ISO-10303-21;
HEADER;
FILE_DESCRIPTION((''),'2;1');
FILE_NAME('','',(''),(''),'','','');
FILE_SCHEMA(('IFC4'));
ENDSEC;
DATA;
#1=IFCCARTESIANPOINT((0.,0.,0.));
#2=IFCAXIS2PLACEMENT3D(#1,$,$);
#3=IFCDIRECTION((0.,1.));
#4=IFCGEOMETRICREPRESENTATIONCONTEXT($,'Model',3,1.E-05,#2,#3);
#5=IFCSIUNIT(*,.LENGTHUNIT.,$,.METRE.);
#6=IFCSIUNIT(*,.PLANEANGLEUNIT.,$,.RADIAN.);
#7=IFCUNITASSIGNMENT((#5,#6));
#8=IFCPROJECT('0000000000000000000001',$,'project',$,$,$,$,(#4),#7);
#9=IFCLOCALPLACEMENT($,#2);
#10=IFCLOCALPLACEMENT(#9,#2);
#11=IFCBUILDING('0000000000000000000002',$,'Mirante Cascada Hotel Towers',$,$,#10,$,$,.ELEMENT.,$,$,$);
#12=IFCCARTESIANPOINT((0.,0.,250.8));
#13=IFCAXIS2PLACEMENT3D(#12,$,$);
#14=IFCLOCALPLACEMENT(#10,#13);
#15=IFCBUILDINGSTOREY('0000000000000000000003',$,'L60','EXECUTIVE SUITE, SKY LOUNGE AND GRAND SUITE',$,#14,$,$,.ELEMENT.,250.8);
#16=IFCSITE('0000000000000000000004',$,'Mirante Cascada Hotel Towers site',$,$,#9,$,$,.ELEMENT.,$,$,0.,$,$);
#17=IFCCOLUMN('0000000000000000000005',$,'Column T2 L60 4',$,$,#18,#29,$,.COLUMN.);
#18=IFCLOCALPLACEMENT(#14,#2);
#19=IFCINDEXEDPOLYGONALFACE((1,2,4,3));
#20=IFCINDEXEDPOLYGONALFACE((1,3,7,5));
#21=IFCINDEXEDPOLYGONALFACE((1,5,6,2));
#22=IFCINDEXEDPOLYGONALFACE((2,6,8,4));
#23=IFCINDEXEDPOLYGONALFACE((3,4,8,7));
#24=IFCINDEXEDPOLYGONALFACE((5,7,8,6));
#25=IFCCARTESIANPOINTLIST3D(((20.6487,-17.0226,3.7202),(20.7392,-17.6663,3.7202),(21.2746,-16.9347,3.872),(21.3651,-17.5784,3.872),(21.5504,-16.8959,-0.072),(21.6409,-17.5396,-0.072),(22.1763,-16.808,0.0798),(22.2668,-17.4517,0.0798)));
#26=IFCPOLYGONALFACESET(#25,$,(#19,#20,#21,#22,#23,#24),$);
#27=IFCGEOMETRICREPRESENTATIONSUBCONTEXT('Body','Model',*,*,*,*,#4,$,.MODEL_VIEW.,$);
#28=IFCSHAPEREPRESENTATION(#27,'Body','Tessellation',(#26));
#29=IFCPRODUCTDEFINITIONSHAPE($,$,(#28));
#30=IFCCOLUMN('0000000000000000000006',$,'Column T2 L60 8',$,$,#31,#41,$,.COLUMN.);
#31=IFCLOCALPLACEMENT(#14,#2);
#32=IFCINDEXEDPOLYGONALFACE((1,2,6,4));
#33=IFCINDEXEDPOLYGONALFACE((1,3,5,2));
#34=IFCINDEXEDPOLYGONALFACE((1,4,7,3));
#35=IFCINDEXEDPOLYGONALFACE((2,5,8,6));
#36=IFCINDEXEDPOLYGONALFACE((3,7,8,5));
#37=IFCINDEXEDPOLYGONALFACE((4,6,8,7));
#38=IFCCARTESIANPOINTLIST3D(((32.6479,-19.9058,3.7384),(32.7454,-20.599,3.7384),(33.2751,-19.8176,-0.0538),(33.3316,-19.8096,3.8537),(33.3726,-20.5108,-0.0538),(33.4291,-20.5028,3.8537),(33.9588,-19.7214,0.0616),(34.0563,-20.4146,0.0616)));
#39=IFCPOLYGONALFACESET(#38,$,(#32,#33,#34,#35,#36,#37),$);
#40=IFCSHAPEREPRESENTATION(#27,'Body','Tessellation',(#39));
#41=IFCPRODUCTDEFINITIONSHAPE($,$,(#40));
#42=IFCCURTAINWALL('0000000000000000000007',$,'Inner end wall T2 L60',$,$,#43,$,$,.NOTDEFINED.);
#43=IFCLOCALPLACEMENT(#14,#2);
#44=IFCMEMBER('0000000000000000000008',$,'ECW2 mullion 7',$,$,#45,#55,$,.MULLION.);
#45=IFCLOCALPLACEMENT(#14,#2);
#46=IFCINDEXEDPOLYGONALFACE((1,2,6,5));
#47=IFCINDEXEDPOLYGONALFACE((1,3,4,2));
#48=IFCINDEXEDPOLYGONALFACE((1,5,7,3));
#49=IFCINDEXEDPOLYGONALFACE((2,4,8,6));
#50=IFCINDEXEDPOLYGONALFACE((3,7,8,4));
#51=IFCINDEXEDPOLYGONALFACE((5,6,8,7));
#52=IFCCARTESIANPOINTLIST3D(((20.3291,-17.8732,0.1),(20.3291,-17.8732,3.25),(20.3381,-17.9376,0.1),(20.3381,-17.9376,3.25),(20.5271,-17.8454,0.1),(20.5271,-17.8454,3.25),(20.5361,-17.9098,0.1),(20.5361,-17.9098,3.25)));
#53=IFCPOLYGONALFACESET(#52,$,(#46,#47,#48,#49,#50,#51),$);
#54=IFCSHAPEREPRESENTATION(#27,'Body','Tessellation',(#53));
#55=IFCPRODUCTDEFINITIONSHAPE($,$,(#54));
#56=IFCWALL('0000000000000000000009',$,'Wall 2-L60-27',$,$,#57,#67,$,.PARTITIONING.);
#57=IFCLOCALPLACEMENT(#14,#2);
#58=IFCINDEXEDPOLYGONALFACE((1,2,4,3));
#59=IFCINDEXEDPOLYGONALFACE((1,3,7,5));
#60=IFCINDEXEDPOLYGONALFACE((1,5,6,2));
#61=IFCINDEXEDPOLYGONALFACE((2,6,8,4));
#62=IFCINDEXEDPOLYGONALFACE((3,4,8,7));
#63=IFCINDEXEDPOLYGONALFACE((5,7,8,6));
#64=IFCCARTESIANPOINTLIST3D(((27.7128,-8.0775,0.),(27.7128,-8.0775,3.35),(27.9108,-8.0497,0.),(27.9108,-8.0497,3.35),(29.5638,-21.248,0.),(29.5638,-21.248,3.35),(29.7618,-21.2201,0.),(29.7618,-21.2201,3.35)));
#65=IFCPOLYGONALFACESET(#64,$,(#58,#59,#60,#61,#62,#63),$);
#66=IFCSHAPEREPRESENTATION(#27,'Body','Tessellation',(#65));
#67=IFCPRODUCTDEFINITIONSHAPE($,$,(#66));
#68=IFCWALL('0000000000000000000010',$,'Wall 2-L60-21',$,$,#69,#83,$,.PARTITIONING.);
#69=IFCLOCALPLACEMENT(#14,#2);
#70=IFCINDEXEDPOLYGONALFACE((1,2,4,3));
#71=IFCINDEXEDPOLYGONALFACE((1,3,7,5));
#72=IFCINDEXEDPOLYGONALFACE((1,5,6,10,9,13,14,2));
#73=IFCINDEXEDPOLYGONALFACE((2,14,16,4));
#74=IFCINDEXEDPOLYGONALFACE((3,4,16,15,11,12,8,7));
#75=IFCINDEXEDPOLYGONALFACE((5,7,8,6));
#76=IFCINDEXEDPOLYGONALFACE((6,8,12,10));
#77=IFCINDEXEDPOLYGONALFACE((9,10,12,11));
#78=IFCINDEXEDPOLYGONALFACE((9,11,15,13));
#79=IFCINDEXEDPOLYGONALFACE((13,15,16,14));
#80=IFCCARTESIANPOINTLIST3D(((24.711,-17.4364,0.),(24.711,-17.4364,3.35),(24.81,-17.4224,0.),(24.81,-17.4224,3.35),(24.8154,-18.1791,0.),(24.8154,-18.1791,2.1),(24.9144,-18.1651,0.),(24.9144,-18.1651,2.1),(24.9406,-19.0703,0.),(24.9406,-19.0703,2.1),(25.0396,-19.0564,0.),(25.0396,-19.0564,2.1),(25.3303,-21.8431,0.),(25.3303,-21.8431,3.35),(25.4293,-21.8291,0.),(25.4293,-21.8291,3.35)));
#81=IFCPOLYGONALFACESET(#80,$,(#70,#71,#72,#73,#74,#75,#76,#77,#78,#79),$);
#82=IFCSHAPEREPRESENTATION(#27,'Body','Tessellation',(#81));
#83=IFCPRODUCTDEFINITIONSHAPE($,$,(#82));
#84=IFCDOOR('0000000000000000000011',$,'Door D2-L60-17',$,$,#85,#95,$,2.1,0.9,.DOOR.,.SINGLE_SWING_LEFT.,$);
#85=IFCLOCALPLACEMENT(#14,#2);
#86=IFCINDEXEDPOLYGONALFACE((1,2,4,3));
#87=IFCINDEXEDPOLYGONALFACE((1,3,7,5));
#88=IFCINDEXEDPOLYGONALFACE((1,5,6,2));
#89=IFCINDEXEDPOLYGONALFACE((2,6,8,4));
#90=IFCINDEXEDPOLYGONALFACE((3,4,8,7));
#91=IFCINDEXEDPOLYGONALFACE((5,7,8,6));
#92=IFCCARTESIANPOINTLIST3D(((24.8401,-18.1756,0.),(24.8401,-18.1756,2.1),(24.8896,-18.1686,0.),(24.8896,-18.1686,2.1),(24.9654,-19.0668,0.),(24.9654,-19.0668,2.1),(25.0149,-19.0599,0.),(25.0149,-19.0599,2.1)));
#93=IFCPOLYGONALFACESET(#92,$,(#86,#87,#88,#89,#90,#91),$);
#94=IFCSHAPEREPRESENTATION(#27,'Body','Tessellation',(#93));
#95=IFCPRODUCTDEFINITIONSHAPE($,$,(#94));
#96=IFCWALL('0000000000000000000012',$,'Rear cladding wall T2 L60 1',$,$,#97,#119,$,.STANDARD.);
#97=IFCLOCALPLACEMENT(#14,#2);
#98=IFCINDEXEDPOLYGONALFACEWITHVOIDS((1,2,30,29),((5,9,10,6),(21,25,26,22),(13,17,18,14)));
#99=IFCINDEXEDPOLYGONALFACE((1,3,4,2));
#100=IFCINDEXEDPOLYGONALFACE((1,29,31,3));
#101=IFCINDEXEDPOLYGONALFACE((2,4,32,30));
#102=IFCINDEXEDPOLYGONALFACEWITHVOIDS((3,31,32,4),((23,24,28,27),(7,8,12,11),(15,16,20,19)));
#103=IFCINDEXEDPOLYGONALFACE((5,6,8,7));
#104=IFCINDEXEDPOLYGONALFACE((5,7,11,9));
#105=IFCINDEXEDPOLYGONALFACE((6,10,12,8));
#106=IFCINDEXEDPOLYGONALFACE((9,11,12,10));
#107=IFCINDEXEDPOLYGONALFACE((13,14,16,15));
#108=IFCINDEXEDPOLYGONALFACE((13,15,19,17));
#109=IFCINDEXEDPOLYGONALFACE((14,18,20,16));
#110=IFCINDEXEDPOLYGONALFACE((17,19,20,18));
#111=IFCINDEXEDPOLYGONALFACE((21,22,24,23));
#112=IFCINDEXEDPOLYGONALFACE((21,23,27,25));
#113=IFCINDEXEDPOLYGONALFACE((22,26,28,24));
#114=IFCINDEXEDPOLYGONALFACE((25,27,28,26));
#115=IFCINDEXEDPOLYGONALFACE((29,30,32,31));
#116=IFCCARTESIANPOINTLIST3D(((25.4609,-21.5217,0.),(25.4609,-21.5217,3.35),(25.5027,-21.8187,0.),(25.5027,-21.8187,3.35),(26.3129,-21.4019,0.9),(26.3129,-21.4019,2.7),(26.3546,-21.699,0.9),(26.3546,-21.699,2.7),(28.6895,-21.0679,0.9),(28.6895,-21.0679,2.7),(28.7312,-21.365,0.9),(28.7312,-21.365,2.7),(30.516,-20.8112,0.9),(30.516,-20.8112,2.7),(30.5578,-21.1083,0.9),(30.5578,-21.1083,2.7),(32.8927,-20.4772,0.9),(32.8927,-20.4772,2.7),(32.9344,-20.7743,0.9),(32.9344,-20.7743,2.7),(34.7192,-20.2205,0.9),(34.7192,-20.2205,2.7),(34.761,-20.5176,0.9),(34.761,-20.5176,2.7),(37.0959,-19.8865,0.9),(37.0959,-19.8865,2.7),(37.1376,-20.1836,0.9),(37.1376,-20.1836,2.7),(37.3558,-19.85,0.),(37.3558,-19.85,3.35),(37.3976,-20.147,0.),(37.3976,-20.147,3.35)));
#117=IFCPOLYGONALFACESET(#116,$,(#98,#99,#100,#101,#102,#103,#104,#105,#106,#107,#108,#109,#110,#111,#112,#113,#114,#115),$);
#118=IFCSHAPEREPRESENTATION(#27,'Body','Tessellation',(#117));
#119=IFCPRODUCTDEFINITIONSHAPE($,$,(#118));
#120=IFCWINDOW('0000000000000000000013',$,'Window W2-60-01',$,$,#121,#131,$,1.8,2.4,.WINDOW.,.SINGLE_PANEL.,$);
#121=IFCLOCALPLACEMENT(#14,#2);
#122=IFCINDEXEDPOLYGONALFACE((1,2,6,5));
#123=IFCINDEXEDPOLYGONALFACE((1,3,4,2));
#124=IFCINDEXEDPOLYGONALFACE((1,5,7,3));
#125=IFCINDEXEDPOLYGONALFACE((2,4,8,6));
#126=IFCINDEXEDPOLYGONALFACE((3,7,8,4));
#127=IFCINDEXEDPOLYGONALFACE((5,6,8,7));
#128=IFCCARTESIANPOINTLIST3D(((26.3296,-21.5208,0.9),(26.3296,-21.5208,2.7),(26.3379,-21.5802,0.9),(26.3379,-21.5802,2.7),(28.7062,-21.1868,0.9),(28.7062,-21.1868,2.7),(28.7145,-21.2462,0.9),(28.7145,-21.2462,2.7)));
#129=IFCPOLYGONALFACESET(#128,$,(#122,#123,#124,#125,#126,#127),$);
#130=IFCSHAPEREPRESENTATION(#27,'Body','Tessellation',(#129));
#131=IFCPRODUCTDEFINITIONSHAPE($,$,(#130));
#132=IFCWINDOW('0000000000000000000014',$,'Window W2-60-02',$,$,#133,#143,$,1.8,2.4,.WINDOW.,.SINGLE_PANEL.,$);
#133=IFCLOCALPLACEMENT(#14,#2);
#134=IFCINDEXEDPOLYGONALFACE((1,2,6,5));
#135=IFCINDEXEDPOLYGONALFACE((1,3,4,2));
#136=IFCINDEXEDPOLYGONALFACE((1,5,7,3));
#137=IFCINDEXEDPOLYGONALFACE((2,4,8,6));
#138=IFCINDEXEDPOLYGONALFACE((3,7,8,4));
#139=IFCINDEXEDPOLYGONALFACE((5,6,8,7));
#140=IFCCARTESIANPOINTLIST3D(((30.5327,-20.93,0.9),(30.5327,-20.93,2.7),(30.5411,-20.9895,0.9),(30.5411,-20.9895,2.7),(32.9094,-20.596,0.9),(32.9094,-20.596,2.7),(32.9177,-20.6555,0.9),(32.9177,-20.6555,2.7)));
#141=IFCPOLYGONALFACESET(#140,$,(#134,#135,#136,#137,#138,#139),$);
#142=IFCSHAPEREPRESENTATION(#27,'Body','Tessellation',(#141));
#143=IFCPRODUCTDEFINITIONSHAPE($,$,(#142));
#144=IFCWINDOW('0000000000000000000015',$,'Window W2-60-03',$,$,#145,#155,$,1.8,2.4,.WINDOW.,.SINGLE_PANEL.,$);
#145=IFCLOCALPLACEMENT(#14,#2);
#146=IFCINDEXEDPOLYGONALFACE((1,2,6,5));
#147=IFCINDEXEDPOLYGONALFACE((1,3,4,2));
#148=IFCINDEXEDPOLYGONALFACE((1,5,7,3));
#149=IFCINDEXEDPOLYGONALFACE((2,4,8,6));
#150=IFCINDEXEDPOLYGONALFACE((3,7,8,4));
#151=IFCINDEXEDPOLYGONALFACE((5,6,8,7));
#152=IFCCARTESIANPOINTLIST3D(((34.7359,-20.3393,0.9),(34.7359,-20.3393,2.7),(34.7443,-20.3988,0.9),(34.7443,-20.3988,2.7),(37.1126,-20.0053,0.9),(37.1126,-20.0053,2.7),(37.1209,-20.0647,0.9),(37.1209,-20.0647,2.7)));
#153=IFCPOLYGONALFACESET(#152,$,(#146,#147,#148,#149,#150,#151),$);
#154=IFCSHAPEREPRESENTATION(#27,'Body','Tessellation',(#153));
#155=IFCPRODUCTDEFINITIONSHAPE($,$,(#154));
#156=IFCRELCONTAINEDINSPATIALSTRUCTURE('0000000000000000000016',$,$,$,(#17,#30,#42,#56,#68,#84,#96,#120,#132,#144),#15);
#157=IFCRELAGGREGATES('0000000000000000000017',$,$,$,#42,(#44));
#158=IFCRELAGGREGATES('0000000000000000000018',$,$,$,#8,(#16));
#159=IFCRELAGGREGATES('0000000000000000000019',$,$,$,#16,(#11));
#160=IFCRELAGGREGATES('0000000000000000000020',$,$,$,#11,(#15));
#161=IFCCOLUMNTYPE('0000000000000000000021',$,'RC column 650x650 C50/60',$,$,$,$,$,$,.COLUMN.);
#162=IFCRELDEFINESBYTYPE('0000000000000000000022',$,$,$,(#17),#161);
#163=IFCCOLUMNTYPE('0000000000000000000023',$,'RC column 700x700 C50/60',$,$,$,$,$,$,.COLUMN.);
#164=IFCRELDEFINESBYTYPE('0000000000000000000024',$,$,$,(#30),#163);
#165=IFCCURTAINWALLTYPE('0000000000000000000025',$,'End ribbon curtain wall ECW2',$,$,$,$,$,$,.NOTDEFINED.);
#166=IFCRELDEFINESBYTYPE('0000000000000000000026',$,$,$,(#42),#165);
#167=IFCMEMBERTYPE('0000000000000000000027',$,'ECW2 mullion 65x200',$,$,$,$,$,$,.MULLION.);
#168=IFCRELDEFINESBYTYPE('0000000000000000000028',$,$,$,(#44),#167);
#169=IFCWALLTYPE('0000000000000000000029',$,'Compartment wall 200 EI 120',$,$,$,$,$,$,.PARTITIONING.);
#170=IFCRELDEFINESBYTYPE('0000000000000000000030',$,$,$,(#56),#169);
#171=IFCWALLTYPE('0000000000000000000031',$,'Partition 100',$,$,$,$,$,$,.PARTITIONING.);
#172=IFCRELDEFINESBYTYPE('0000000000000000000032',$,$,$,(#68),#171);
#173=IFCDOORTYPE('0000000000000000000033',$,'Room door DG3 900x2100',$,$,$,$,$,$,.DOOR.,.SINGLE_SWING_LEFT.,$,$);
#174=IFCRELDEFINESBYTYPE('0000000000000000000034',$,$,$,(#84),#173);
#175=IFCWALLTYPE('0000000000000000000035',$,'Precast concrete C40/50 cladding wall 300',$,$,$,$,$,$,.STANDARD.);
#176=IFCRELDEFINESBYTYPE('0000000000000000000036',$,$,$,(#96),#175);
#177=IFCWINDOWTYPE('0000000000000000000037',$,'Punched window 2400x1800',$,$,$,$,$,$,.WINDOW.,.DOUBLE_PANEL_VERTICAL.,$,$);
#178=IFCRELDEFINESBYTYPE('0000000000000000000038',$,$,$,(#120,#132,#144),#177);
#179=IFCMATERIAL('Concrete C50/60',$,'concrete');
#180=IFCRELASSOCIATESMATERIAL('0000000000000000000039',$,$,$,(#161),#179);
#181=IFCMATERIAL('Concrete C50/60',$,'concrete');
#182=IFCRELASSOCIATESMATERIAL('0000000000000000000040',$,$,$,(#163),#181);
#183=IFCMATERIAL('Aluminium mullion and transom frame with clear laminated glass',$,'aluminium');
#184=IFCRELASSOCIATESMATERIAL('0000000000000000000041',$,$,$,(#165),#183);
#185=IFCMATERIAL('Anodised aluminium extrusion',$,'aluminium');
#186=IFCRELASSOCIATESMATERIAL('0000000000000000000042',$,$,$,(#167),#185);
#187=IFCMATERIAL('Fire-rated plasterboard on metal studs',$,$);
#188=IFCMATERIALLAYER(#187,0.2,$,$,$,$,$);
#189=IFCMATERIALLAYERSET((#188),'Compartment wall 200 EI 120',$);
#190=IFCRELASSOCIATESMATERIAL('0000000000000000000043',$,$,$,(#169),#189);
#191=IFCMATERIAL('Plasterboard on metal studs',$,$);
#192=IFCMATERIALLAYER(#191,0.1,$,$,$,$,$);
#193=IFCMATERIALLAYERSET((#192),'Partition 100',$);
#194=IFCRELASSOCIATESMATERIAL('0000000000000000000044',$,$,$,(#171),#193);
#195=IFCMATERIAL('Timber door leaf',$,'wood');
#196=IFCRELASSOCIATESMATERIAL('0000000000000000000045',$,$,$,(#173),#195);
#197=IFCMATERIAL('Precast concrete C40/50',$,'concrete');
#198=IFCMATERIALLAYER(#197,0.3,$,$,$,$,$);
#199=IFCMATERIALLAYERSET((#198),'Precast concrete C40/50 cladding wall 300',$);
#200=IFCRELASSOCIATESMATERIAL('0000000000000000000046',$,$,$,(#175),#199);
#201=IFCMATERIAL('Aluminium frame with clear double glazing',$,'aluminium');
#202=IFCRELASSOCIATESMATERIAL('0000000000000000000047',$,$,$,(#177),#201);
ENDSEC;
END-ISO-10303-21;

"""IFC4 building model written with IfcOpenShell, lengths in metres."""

from ifc_helpers import new_model, si_unit, direction, frame, frame_2d, origin, origin_2d, place, context, subcontext, project, spatial, rectangle, extrude, material, layer, layer_set, material_profile, profile_set, type_object, element, fill, aggregate, save


model = new_model("IFC4")

# Units and contexts
model_context = context("Model", 3, precision=1e-05, world=origin(), true_north=direction((0.0, 1.0)))
body_context = subcontext(model_context, "Body", "Model", "MODEL_VIEW")
ifc_project = project(units=[si_unit("LENGTHUNIT", "METRE"), si_unit("PLANEANGLEUNIT", "RADIAN")], contexts=[model_context])

# Site, building, storey
site_placement = place(None, origin())
site = spatial("IfcSite", under=ifc_project, at=site_placement, Name="Mirante Cascada Hotel Towers site", CompositionType="ELEMENT", RefElevation=0.0)
building_placement = place(site_placement, origin())
building = spatial("IfcBuilding", under=site, at=building_placement, Name="Mirante Cascada Hotel Towers", CompositionType="ELEMENT")
storey_placement = place(building_placement, frame((0.0, 0.0, 250.8)))
storey = spatial("IfcBuildingStorey", under=building, at=storey_placement, Name="L60", Description="EXECUTIVE SUITE, SKY LOUNGE AND GRAND SUITE", CompositionType="ELEMENT", Elevation=250.8)

# Columns
ifc_material_1 = material(Name="Concrete C50/60", Category="concrete")
ifc_material_profile_1 = material_profile(ifc_material_1, rectangle(XDim=0.65, YDim=0.65, at=origin_2d()), Name="RC column 650x650 C50/60")
ifc_profile_set_1 = profile_set([ifc_material_profile_1], Name="Concrete C50/60")
column_type_1 = type_object("IfcColumnType", Name="RC column 650x650 C50/60", PredefinedType="COLUMN", material=ifc_profile_set_1)
column_1_placement = place(storey_placement, frame((21.9086, -17.1738, 0.0039), z_axis=(-0.231206, -0.032487, 0.972362), x_axis=(0.139146, -0.990272, 0.0)))
element("IfcColumn", 1, at=column_1_placement, inside=storey, type_object=column_type_1, Name="Column T2 L60 4", PredefinedType="COLUMN", context=body_context, shape_type="SweptSolid", body=[
    extrude(rectangle(XDim=0.65, YDim=0.65, at=origin_2d()), origin(), (0.0, 0.0, 1.0), 3.9),
])
ifc_material_2 = material(Name="Concrete C50/60", Category="concrete")
ifc_material_profile_2 = material_profile(ifc_material_2, rectangle(XDim=0.7, YDim=0.7, at=origin_2d()), Name="RC column 700x700 C50/60")
ifc_profile_set_2 = profile_set([ifc_material_profile_2], Name="Concrete C50/60")
column_type_2 = type_object("IfcColumnType", Name="RC column 700x700 C50/60", PredefinedType="COLUMN", material=ifc_profile_set_2)
column_2_placement = place(storey_placement, frame((33.6657, -20.1161, 0.0039), z_axis=(-0.163132, -0.02294, 0.986337), x_axis=(0.139255, -0.990257, 0.0)))
element("IfcColumn", 2, at=column_2_placement, inside=storey, type_object=column_type_2, Name="Column T2 L60 8", PredefinedType="COLUMN", context=body_context, shape_type="SweptSolid", body=[
    extrude(rectangle(XDim=0.7, YDim=0.7, at=origin_2d()), origin(), (0.0, 0.0, 1.0), 3.8447),
])

# Curtain wall, member
ifc_material_3 = material(Name="Aluminium mullion and transom frame with clear laminated glass", Category="aluminium")
curtain_wall_type = type_object("IfcCurtainWallType", Name="End ribbon curtain wall ECW2", PredefinedType="NOTDEFINED", material=ifc_material_3)
curtain_wall_placement = place(storey_placement, origin())
curtain_wall = element("IfcCurtainWall", 3, at=curtain_wall_placement, inside=storey, type_object=curtain_wall_type, Name="Inner end wall T2 L60", PredefinedType="NOTDEFINED")
ifc_material_4 = material(Name="Anodised aluminium extrusion", Category="aluminium")
ifc_material_profile_3 = material_profile(ifc_material_4, rectangle(XDim=0.2, YDim=0.065, at=origin_2d()), Name="ECW2 MULLION 65x200")
ifc_profile_set_3 = profile_set([ifc_material_profile_3], Name="Anodised aluminium extrusion")
member_type = type_object("IfcMemberType", Name="ECW2 mullion 65x200", PredefinedType="MULLION", material=ifc_profile_set_3)
member_placement = place(storey_placement, frame((20.4326, -17.8915, 0.1), z_axis=(0.0, 0.0, 1.0), x_axis=(0.990268, 0.139173, 0.0)))
member = element("IfcMember", 4, at=member_placement, type_object=member_type, Name="ECW2 mullion 7", PredefinedType="MULLION", context=body_context, shape_type="SweptSolid", body=[
    extrude(rectangle(XDim=0.2, YDim=0.065, at=origin_2d()), origin(), (0.0, 0.0, 1.0), 3.15),
])
aggregate(curtain_wall, [member])

# Wall
ifc_material_5 = material(Name="Fire-rated plasterboard on metal studs")
ifc_layer_1 = layer(ifc_material_5, 0.2)
ifc_layer_set_1 = layer_set([ifc_layer_1], Name="Compartment wall 200 EI 120")
wall_type_1 = type_object("IfcWallType", Name="Compartment wall 200 EI 120", PredefinedType="PARTITIONING", material=ifc_layer_set_1)
wall_1_placement = place(storey_placement, frame((29.6628, -21.2341, 0.0), z_axis=(0.0, 0.0, 1.0), x_axis=(-0.139174, 0.990268, 0.0)))
element("IfcWall", 5, at=wall_1_placement, inside=storey, type_object=wall_type_1, Name="Wall 2-L60-27", PredefinedType="PARTITIONING", context=body_context, shape_type="SweptSolid", body=[
    extrude(rectangle(XDim=13.2999, YDim=0.2, at=frame_2d((6.65, 0.0))), origin(), (0.0, 0.0, 1.0), 3.35),
])

# Wall, opening, door
ifc_material_6 = material(Name="Plasterboard on metal studs")
ifc_layer_2 = layer(ifc_material_6, 0.1)
ifc_layer_set_2 = layer_set([ifc_layer_2], Name="Partition 100")
wall_type_2 = type_object("IfcWallType", Name="Partition 100", PredefinedType="PARTITIONING", material=ifc_layer_set_2)
wall_2_placement = place(storey_placement, frame((25.3798, -21.8361, 0.0), z_axis=(0.0, 0.0, 1.0), x_axis=(-0.139168, 0.990269, 0.0)))
wall_2 = element("IfcWall", 6, at=wall_2_placement, inside=storey, type_object=wall_type_2, Name="Wall 2-L60-21", PredefinedType="PARTITIONING", context=body_context, shape_type="SweptSolid", body=[
    extrude(rectangle(XDim=4.45, YDim=0.1, at=frame_2d((2.225, 0.0))), origin(), (0.0, 0.0, 1.0), 3.35),
])
opening_1_placement = place(wall_2_placement, frame((2.8, 0.0, 0.0)))
opening_1 = element("IfcOpeningElement", 7, at=opening_1_placement, cuts=wall_2, PredefinedType="OPENING", context=body_context, shape_type="SweptSolid", body=[
    extrude(rectangle(XDim=0.9, YDim=2.1, at=frame_2d((0.45, 1.05))), frame((0.0, 0.05, 0.0), z_axis=(0.0, -1.0, 0.0), x_axis=(1.0, 0.0, 0.0)), (0.0, 0.0, 1.0), 0.1),
])
ifc_material_7 = material(Name="Timber door leaf", Category="wood")
door_type = type_object("IfcDoorType", Name="Room door DG3 900x2100", OperationType="SINGLE_SWING_LEFT", PredefinedType="DOOR", material=ifc_material_7)
door_placement = place(opening_1_placement, origin())
door = element("IfcDoor", 8, at=door_placement, inside=storey, type_object=door_type, Name="Door D2-L60-17", OperationType="SINGLE_SWING_LEFT", OverallHeight=2.1, OverallWidth=0.9, PredefinedType="DOOR", context=body_context, shape_type="SweptSolid", body=[
    extrude(rectangle(XDim=0.9, YDim=2.1, at=frame_2d((0.45, 1.05))), frame((0.0, 0.025, 0.0), z_axis=(0.0, -1.0, 0.0), x_axis=(1.0, 0.0, 0.0)), (0.0, 0.0, 1.0), 0.05),
])
fill(opening_1, door)

# Wall, openings, windows
ifc_material_8 = material(Name="Precast concrete C40/50", Category="concrete")
ifc_layer_3 = layer(ifc_material_8, 0.3)
ifc_layer_set_3 = layer_set([ifc_layer_3], Name="Precast concrete C40/50 cladding wall 300")
wall_type_3 = type_object("IfcWallType", Name="Precast concrete C40/50 cladding wall 300", PredefinedType="STANDARD", material=ifc_layer_set_3)
wall_3_placement = place(storey_placement, frame((25.4818, -21.6702, 0.0), z_axis=(0.0, 0.0, 1.0), x_axis=(0.990268, 0.139172, 0.0)))
wall_3 = element("IfcWall", 9, at=wall_3_placement, inside=storey, type_object=wall_type_3, Name="Rear cladding wall T2 L60 1", PredefinedType="STANDARD", context=body_context, shape_type="SweptSolid", body=[
    extrude(rectangle(XDim=12.0118, YDim=0.3, at=frame_2d((6.0059, 0.0))), origin(), (0.0, 0.0, 1.0), 3.35),
])
opening_2_placement = place(wall_3_placement, frame((0.8603, 0.0, 0.9)))
opening_2 = element("IfcOpeningElement", 10, at=opening_2_placement, cuts=wall_3, PredefinedType="OPENING", context=body_context, shape_type="SweptSolid", body=[
    extrude(rectangle(XDim=2.4, YDim=1.8, at=frame_2d((1.2, 0.9))), frame((0.0, 0.15, 0.0), z_axis=(0.0, -1.0, 0.0), x_axis=(1.0, 0.0, 0.0)), (0.0, 0.0, 1.0), 0.3),
])
opening_3_placement = place(wall_3_placement, frame((5.1048, 0.0, 0.9)))
opening_3 = element("IfcOpeningElement", 11, at=opening_3_placement, cuts=wall_3, PredefinedType="OPENING", context=body_context, shape_type="SweptSolid", body=[
    extrude(rectangle(XDim=2.4, YDim=1.8, at=frame_2d((1.2, 0.9))), frame((0.0, 0.15, 0.0), z_axis=(0.0, -1.0, 0.0), x_axis=(1.0, 0.0, 0.0)), (0.0, 0.0, 1.0), 0.3),
])
opening_4_placement = place(wall_3_placement, frame((9.3493, 0.0, 0.9)))
opening_4 = element("IfcOpeningElement", 12, at=opening_4_placement, cuts=wall_3, PredefinedType="OPENING", context=body_context, shape_type="SweptSolid", body=[
    extrude(rectangle(XDim=2.4, YDim=1.8, at=frame_2d((1.2, 0.9))), frame((0.0, 0.15, 0.0), z_axis=(0.0, -1.0, 0.0), x_axis=(1.0, 0.0, 0.0)), (0.0, 0.0, 1.0), 0.3),
])
ifc_material_9 = material(Name="Aluminium frame with clear double glazing", Category="aluminium")
window_type_1 = type_object("IfcWindowType", Name="Punched window 2400x1800", PartitioningType="DOUBLE_PANEL_VERTICAL", PredefinedType="WINDOW", material=ifc_material_9)
window_1_placement = place(opening_2_placement, origin())
window_1 = element("IfcWindow", 13, at=window_1_placement, inside=storey, type_object=window_type_1, Name="Window W2-60-01", OverallHeight=1.8, OverallWidth=2.4, PartitioningType="SINGLE_PANEL", PredefinedType="WINDOW", context=body_context, shape_type="SweptSolid", body=[
    extrude(rectangle(XDim=2.4, YDim=1.8, at=frame_2d((1.2, 0.9))), frame((0.0, 0.03, 0.0), z_axis=(0.0, -1.0, 0.0), x_axis=(1.0, 0.0, 0.0)), (0.0, 0.0, 1.0), 0.06),
])
fill(opening_2, window_1)
window_2_placement = place(opening_3_placement, origin())
window_2 = element("IfcWindow", 14, at=window_2_placement, inside=storey, type_object=window_type_1, Name="Window W2-60-02", OverallHeight=1.8, OverallWidth=2.4, PartitioningType="SINGLE_PANEL", PredefinedType="WINDOW", context=body_context, shape_type="SweptSolid", body=[
    extrude(rectangle(XDim=2.4, YDim=1.8, at=frame_2d((1.2, 0.9))), frame((0.0, 0.03, 0.0), z_axis=(0.0, -1.0, 0.0), x_axis=(1.0, 0.0, 0.0)), (0.0, 0.0, 1.0), 0.06),
])
fill(opening_3, window_2)
window_3_placement = place(opening_4_placement, origin())
window_3 = element("IfcWindow", 15, at=window_3_placement, inside=storey, type_object=window_type_1, Name="Window W2-60-03", OverallHeight=1.8, OverallWidth=2.4, PartitioningType="SINGLE_PANEL", PredefinedType="WINDOW", context=body_context, shape_type="SweptSolid", body=[
    extrude(rectangle(XDim=2.4, YDim=1.8, at=frame_2d((1.2, 0.9))), frame((0.0, 0.03, 0.0), z_axis=(0.0, -1.0, 0.0), x_axis=(1.0, 0.0, 0.0)), (0.0, 0.0, 1.0), 0.06),
])
fill(opening_4, window_3)

save(model, "model.ifc")
